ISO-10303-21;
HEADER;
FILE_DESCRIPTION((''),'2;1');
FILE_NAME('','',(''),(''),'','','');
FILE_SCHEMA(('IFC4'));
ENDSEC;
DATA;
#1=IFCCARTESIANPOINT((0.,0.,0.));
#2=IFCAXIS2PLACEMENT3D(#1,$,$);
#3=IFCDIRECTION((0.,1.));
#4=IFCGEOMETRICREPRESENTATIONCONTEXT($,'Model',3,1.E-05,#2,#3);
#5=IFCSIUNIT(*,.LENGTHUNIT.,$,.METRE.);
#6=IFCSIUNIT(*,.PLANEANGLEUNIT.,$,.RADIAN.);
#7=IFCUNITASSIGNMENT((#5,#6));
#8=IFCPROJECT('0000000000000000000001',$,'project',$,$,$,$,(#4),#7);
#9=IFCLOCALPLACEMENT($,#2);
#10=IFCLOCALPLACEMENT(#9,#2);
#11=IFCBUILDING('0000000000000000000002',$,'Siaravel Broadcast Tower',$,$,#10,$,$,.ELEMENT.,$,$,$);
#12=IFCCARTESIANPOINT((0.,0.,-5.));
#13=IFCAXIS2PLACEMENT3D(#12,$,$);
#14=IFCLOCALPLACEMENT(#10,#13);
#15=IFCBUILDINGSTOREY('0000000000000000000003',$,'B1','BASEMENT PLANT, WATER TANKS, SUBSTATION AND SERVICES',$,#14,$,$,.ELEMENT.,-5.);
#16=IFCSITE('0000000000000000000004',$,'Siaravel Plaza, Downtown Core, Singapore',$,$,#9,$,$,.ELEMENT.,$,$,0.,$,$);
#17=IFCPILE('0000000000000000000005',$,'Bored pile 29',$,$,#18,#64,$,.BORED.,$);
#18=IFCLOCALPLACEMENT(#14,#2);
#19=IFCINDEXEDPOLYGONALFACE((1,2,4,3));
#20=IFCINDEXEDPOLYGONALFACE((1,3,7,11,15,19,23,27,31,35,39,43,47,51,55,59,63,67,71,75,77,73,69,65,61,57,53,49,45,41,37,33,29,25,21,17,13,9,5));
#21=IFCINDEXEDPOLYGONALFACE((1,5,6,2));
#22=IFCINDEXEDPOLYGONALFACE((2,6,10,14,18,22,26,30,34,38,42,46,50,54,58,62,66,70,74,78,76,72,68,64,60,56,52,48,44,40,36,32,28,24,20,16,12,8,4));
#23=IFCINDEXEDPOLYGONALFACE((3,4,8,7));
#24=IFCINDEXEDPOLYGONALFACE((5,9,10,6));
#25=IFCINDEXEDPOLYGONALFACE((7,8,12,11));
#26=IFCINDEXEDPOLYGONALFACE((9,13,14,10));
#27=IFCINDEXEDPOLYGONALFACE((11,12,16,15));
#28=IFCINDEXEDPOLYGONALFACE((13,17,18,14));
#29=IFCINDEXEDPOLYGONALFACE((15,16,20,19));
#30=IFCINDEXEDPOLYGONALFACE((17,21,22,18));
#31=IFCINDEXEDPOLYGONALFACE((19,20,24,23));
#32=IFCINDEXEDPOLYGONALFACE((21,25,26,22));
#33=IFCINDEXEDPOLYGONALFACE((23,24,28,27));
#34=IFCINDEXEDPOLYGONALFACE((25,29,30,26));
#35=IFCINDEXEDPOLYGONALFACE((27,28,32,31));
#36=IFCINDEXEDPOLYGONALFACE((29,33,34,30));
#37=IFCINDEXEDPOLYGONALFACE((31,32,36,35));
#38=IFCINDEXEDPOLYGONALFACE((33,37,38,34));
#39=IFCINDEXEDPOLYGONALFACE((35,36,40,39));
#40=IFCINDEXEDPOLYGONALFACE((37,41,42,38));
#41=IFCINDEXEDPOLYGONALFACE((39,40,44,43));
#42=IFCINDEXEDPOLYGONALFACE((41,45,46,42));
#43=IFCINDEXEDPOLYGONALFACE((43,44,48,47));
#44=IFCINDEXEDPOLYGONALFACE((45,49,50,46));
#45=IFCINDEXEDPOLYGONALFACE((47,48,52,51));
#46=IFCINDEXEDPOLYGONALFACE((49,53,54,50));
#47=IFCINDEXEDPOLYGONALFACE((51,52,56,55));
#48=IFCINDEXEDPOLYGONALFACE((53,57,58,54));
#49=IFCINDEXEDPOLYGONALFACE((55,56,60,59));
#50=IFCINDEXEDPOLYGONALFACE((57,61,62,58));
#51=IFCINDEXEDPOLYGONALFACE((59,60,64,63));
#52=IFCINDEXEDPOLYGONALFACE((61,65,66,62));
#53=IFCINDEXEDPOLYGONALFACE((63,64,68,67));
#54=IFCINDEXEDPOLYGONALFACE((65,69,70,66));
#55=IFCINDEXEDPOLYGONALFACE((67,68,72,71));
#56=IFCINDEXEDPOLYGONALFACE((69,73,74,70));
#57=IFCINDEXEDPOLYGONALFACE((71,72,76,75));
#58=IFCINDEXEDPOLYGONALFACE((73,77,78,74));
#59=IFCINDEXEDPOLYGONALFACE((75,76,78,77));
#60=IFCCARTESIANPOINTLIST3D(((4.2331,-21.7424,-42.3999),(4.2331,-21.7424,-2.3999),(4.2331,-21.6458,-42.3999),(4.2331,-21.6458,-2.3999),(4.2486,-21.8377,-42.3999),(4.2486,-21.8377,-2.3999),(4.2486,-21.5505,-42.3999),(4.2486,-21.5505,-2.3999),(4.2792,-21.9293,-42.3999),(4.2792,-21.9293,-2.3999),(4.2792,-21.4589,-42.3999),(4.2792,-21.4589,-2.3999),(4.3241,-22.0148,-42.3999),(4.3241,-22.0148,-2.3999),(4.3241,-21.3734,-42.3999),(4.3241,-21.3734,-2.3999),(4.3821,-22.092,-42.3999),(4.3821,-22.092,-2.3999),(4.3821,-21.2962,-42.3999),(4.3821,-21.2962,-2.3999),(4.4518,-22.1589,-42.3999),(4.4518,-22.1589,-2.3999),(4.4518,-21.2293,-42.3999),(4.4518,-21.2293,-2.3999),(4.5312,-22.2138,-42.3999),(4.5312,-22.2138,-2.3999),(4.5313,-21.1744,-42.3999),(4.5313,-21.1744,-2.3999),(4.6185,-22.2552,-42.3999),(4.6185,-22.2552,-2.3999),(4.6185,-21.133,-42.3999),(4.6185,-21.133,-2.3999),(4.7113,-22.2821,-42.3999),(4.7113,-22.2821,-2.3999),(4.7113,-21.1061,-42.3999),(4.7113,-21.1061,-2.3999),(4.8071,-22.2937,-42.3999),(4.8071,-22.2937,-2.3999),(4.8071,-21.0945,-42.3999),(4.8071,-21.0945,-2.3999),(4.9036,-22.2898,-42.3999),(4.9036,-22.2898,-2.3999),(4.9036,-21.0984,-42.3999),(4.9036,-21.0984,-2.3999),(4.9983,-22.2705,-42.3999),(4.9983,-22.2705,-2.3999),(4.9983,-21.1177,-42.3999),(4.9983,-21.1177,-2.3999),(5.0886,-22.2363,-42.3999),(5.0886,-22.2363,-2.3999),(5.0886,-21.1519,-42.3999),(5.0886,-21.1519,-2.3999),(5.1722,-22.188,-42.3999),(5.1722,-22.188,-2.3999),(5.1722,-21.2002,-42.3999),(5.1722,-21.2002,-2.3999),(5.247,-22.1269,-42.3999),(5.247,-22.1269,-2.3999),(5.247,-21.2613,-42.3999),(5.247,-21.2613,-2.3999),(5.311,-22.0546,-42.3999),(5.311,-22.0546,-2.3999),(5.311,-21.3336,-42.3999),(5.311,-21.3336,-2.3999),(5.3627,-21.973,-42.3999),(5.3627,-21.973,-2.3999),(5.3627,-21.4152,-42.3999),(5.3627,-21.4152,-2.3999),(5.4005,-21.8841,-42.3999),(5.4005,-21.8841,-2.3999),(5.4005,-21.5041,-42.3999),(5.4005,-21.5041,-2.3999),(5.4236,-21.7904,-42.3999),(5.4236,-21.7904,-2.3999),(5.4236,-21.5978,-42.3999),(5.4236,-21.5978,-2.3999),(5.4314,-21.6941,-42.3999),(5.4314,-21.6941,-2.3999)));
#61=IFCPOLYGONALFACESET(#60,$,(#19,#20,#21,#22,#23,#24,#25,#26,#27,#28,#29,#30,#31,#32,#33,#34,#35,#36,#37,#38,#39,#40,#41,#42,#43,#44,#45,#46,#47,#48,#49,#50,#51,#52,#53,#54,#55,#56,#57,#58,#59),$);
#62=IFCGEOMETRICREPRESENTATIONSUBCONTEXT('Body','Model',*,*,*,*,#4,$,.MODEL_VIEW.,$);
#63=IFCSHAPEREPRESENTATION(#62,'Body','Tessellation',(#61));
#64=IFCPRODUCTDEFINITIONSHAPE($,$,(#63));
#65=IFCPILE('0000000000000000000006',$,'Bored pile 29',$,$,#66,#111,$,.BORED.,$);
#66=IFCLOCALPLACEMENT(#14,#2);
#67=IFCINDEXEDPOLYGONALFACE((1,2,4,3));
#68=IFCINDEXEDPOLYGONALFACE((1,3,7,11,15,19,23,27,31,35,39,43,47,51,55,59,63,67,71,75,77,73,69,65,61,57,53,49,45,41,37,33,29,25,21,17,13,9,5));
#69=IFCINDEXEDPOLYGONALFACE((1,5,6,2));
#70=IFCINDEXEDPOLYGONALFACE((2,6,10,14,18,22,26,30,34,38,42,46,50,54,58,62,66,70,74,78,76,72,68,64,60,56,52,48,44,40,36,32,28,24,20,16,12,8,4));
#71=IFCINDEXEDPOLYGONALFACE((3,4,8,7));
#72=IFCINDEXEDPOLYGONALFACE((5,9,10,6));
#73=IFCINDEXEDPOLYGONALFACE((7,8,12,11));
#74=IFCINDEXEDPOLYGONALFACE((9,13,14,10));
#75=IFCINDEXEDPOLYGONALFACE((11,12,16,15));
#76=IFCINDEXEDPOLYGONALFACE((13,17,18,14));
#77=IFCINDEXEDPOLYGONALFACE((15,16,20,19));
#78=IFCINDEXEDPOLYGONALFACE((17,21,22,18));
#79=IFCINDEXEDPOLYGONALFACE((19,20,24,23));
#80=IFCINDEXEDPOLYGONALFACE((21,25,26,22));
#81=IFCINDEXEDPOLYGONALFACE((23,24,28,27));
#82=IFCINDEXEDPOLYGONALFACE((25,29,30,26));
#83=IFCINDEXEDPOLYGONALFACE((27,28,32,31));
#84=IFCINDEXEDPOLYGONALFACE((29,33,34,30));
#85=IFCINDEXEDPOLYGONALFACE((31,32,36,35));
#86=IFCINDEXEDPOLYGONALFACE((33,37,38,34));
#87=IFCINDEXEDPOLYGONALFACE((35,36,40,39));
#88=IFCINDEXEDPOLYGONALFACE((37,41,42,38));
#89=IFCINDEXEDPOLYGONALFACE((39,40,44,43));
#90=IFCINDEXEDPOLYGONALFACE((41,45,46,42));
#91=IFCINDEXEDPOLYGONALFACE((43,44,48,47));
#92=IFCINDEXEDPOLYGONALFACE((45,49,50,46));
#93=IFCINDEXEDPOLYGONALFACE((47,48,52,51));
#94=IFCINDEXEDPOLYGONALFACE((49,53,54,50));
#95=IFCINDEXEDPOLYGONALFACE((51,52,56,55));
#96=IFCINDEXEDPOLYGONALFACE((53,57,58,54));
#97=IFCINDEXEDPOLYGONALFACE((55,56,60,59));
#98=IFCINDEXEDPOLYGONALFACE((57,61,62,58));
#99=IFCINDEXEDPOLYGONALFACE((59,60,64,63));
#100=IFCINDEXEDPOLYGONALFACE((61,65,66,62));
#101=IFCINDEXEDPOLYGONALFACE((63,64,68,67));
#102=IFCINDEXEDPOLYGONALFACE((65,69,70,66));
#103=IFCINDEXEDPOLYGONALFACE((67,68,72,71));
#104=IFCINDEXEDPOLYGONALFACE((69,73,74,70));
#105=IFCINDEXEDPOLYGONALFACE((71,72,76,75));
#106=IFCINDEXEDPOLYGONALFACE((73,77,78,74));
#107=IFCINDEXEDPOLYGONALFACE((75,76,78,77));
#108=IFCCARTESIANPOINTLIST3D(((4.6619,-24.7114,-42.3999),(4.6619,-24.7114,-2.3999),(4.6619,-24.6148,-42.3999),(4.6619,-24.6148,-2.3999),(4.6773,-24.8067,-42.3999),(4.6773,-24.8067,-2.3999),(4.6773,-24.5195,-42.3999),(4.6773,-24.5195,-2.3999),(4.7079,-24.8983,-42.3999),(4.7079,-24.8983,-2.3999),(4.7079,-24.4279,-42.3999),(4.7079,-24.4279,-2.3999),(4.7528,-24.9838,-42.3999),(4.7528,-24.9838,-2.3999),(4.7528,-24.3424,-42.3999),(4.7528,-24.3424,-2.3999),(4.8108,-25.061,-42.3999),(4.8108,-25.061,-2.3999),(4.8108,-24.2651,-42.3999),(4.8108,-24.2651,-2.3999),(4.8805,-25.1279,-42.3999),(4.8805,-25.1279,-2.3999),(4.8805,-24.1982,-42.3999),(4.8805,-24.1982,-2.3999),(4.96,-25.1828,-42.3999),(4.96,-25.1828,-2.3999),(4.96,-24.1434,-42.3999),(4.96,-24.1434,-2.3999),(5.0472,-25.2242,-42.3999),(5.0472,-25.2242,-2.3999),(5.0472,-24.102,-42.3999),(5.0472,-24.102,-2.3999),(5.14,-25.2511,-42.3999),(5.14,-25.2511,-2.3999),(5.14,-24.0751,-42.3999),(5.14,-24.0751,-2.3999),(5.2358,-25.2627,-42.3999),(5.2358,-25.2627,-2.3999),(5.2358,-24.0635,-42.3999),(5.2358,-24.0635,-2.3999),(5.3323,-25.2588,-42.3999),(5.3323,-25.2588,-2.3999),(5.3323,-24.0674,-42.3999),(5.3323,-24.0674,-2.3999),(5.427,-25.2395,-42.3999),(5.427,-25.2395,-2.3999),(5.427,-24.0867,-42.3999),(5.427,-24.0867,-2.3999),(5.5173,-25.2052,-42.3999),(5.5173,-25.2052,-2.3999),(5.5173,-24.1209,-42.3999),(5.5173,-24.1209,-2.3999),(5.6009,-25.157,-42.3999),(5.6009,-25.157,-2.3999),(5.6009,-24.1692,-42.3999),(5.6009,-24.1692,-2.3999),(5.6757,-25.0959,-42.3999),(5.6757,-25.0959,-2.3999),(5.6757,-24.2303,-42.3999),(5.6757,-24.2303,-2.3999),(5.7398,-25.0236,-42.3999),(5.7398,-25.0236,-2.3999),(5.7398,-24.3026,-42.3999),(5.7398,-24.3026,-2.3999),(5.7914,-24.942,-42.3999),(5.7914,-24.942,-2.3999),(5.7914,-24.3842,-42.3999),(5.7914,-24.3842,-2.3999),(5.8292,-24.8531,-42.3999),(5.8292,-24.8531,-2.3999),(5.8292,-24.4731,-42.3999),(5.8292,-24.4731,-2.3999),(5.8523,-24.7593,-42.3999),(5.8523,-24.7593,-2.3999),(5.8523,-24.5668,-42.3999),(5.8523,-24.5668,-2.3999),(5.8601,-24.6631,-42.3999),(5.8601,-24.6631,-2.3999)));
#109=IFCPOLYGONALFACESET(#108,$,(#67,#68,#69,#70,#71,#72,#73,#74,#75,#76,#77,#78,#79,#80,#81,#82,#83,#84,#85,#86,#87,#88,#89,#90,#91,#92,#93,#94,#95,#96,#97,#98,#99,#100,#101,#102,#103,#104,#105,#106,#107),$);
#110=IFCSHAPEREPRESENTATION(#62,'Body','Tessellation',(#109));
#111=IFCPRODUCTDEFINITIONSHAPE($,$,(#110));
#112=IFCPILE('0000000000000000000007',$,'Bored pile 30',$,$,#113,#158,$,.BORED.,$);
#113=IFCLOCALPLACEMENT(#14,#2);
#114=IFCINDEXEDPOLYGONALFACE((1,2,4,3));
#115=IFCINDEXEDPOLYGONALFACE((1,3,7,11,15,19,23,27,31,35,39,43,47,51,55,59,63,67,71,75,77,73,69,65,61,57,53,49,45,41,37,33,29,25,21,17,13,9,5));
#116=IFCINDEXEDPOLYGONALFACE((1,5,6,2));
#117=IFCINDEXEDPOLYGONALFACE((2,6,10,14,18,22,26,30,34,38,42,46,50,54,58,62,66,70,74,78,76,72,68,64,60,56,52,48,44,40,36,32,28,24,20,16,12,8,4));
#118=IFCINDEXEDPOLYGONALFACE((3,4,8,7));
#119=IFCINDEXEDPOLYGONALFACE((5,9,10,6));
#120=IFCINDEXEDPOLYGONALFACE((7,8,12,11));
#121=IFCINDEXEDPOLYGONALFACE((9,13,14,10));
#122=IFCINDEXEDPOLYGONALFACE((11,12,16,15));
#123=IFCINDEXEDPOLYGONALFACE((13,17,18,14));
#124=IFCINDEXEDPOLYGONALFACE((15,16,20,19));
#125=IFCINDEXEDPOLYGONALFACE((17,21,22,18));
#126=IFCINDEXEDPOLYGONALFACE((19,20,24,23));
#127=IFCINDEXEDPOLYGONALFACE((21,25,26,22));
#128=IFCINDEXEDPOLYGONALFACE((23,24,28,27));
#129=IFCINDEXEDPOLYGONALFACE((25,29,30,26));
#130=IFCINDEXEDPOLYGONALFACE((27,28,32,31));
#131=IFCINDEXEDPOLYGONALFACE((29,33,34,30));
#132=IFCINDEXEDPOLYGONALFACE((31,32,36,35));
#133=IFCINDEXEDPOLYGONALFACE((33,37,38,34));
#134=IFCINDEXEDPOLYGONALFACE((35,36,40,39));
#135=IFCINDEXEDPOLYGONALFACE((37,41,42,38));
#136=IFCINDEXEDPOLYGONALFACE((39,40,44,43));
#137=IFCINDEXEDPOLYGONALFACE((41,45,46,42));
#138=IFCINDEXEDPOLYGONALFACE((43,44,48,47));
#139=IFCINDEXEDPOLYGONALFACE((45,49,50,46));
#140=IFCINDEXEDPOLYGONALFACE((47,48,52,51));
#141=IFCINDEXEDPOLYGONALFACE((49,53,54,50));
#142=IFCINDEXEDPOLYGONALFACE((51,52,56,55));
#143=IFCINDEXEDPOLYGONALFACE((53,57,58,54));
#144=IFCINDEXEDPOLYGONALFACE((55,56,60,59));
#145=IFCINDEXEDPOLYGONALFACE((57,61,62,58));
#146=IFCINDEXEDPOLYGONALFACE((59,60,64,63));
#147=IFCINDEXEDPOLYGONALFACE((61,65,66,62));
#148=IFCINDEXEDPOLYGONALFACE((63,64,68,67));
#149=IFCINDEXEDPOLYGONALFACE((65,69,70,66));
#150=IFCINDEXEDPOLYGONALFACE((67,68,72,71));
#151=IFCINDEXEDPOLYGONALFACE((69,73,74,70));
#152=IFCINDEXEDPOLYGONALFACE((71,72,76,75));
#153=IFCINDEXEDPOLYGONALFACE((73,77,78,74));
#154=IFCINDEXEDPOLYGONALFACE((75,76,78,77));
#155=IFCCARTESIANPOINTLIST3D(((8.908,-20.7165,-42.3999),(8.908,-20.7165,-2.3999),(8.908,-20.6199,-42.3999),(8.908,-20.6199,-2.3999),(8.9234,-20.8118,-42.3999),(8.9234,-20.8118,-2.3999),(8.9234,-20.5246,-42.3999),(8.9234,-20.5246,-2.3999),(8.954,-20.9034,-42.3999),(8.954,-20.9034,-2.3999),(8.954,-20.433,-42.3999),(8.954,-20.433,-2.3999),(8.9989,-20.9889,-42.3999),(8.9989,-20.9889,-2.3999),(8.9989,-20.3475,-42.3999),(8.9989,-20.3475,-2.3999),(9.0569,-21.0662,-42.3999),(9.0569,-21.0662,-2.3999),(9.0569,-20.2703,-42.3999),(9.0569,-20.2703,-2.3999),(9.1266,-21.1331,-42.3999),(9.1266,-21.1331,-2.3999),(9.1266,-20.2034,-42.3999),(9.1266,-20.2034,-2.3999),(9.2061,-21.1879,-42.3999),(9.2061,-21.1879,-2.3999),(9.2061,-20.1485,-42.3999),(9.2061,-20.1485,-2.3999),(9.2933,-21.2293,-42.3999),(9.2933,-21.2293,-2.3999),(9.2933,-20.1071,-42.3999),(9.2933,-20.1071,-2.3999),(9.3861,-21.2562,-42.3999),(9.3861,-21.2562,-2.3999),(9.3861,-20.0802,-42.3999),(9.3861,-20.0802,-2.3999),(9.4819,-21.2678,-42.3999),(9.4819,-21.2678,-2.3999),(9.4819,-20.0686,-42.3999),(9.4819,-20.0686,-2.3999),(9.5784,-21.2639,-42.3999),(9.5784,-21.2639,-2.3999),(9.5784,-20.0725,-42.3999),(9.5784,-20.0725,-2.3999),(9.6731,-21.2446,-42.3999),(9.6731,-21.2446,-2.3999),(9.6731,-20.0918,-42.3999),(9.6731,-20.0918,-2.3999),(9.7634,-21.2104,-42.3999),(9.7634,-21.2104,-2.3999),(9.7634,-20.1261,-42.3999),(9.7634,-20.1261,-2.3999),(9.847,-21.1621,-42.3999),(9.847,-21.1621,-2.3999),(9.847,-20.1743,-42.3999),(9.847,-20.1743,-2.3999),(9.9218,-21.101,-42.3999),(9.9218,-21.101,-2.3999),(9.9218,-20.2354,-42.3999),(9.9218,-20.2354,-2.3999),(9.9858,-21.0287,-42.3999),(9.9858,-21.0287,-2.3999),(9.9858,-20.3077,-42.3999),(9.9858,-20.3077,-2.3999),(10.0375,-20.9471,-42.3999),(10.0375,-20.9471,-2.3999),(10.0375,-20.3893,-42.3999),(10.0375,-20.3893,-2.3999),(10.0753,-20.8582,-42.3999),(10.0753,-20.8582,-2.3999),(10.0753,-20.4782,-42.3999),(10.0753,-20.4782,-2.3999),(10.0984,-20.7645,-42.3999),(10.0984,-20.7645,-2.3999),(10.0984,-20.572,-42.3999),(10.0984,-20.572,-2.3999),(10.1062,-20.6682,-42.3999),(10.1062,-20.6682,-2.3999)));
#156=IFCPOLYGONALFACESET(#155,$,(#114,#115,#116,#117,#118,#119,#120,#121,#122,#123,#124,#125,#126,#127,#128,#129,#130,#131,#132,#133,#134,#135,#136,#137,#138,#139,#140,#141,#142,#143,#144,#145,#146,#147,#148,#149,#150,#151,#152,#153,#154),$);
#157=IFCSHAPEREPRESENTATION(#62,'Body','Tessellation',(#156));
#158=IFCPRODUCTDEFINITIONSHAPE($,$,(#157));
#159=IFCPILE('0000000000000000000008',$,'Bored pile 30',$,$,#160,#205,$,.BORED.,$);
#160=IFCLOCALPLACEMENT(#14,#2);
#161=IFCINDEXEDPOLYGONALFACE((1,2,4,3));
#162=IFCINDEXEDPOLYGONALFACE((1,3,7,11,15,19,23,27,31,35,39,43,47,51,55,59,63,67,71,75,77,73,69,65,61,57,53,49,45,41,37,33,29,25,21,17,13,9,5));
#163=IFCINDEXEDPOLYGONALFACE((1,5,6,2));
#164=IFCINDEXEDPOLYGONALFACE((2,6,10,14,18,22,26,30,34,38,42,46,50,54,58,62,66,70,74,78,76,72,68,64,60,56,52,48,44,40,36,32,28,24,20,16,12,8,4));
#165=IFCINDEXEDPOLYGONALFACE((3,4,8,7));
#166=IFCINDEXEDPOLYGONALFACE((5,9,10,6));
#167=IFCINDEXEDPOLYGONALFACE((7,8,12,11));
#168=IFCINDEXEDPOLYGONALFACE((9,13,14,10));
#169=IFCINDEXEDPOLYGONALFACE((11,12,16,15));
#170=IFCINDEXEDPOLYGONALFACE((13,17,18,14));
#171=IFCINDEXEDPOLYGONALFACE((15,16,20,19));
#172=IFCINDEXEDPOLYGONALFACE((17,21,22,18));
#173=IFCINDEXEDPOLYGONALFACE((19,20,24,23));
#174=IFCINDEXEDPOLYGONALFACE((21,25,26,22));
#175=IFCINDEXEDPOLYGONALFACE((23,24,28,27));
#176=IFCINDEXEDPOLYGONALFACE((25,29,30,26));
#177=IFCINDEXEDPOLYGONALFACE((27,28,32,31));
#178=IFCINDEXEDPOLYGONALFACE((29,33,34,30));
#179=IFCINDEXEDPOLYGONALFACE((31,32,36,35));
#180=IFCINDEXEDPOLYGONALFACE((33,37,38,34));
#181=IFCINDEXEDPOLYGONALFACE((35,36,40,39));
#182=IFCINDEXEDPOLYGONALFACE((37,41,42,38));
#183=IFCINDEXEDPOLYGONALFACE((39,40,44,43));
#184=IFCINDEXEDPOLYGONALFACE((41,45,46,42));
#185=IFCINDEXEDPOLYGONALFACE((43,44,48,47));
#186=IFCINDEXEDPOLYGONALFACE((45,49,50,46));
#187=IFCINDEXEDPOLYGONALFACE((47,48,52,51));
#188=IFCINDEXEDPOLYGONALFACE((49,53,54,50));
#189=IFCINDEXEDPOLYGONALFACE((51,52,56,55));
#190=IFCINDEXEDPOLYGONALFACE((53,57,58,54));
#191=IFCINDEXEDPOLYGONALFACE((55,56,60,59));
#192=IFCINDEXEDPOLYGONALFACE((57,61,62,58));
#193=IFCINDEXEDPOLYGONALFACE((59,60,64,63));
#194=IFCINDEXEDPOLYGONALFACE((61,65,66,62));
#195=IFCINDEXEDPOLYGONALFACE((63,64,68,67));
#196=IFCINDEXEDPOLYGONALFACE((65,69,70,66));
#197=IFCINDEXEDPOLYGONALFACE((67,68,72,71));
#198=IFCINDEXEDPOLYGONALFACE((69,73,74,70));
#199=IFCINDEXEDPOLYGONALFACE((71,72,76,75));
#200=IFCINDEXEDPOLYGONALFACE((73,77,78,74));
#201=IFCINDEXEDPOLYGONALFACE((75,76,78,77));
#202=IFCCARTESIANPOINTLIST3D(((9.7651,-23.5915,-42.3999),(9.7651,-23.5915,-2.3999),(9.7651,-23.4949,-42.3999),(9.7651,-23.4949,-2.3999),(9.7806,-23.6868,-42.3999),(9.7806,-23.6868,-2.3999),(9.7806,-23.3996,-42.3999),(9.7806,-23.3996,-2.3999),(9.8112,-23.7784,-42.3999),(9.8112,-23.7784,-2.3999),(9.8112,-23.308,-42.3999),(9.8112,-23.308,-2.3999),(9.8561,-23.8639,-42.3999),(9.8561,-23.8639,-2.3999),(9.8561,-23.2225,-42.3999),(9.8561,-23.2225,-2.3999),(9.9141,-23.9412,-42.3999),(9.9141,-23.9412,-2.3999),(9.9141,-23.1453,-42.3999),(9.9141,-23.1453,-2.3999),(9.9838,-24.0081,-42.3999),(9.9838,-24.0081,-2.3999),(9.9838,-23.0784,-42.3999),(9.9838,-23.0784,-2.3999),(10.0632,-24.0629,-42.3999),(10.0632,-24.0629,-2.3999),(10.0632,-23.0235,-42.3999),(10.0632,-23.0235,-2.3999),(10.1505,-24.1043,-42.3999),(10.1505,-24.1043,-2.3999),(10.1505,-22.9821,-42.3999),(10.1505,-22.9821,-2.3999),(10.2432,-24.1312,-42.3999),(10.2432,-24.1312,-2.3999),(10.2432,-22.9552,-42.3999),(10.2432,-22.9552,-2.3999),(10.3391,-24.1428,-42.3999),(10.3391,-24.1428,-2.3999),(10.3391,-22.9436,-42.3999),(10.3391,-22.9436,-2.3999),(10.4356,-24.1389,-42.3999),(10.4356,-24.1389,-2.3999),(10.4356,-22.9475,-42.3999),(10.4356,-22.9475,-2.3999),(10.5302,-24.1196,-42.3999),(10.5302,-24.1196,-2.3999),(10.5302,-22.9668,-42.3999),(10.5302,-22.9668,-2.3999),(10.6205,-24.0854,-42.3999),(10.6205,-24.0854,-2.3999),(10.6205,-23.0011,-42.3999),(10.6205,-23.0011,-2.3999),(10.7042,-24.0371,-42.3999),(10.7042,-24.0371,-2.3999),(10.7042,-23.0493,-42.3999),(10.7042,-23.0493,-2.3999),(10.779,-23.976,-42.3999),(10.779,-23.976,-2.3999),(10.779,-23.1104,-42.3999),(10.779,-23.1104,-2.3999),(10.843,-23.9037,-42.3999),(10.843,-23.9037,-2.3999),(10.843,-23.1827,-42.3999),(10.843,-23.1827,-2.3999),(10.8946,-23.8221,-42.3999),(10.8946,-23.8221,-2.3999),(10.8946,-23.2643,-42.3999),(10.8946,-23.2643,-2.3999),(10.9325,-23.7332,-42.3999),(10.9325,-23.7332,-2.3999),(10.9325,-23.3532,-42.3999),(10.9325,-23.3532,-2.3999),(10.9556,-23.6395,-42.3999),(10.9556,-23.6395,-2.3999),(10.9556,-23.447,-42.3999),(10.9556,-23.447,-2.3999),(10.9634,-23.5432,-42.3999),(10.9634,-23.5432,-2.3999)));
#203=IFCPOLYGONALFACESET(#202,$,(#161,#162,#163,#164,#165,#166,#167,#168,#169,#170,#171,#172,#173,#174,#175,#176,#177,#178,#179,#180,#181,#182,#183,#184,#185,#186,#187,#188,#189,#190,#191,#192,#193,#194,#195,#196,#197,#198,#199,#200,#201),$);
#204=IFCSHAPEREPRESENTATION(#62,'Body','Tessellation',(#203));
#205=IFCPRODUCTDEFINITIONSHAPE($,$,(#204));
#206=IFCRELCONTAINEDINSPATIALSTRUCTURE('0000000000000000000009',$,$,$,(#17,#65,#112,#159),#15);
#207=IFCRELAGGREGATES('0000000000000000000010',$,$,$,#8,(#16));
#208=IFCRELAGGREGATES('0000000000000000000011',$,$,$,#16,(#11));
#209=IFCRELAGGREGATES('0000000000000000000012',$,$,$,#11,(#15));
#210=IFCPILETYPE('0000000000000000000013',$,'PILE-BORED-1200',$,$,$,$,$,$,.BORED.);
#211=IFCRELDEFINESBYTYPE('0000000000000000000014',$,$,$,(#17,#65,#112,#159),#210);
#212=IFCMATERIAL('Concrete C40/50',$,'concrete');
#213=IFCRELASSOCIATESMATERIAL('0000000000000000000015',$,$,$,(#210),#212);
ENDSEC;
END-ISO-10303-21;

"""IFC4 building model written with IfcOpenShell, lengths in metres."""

from ifc_helpers import new_model, si_unit, direction, frame, origin, origin_2d, place, context, subcontext, project, spatial, circle, extrude, material, material_profile, profile_set, type_object, element, save


model = new_model("IFC4")

# Units and contexts
model_context = context("Model", 3, precision=1e-05, world=origin(), true_north=direction((0.0, 1.0)))
body_context = subcontext(model_context, "Body", "Model", "MODEL_VIEW")
ifc_project = project(units=[si_unit("LENGTHUNIT", "METRE"), si_unit("PLANEANGLEUNIT", "RADIAN")], contexts=[model_context])

# Site, building, storey
site_placement = place(None, origin())
site = spatial("IfcSite", under=ifc_project, at=site_placement, Name="Siaravel Plaza, Downtown Core, Singapore", CompositionType="ELEMENT", RefElevation=0.0)
building_placement = place(site_placement, origin())
building = spatial("IfcBuilding", under=site, at=building_placement, Name="Siaravel Broadcast Tower", CompositionType="ELEMENT")
storey_placement = place(building_placement, frame((0.0, 0.0, -5.0)))
storey = spatial("IfcBuildingStorey", under=building, at=storey_placement, Name="B1", Description="BASEMENT PLANT, WATER TANKS, SUBSTATION AND SERVICES", CompositionType="ELEMENT", Elevation=-5.0)

# Shared definitions
ifc_material_1 = material(Name="Concrete C40/50", Category="concrete")

# Piles
ifc_material_profile_1 = material_profile(ifc_material_1, circle(Radius=0.6001, at=origin_2d()))
ifc_profile_set_1 = profile_set([ifc_material_profile_1], Name="Concrete C40/50")
pile_type_1 = type_object("IfcPileType", Name="PILE-BORED-1200", PredefinedType="BORED", material=ifc_profile_set_1)
for number, where, z_axis, x_axis, name in (
    (1, (4.8313, -21.6941, -2.3999), (0.0, 0.0, -1.0), (1.0, 0.0, 0.0), "Bored pile 29"),
    (2, (5.26, -24.6631, -2.3999), (0.0, 0.0, -1.0), (1.0, 0.0, 0.0), "Bored pile 29"),
    (3, (9.5061, -20.6682, -2.3999), (0.0, 0.0, -1.0), (1.0, 0.0, 0.0), "Bored pile 30"),
    (4, (10.3633, -23.5432, -2.3999), (0.0, 0.0, -1.0), (1.0, 0.0, 0.0), "Bored pile 30"),
):
    element("IfcPile", number, at=place(storey_placement, frame(where, z_axis=z_axis, x_axis=x_axis)), inside=storey, type_object=pile_type_1, Name=name, PredefinedType="BORED", context=body_context, shape_type="SweptSolid", body=[
        extrude(circle(Radius=0.6001, at=origin_2d()), origin(), (0.0, 0.0, 1.0), 40.0),
    ])

save(model, "model.ifc")
